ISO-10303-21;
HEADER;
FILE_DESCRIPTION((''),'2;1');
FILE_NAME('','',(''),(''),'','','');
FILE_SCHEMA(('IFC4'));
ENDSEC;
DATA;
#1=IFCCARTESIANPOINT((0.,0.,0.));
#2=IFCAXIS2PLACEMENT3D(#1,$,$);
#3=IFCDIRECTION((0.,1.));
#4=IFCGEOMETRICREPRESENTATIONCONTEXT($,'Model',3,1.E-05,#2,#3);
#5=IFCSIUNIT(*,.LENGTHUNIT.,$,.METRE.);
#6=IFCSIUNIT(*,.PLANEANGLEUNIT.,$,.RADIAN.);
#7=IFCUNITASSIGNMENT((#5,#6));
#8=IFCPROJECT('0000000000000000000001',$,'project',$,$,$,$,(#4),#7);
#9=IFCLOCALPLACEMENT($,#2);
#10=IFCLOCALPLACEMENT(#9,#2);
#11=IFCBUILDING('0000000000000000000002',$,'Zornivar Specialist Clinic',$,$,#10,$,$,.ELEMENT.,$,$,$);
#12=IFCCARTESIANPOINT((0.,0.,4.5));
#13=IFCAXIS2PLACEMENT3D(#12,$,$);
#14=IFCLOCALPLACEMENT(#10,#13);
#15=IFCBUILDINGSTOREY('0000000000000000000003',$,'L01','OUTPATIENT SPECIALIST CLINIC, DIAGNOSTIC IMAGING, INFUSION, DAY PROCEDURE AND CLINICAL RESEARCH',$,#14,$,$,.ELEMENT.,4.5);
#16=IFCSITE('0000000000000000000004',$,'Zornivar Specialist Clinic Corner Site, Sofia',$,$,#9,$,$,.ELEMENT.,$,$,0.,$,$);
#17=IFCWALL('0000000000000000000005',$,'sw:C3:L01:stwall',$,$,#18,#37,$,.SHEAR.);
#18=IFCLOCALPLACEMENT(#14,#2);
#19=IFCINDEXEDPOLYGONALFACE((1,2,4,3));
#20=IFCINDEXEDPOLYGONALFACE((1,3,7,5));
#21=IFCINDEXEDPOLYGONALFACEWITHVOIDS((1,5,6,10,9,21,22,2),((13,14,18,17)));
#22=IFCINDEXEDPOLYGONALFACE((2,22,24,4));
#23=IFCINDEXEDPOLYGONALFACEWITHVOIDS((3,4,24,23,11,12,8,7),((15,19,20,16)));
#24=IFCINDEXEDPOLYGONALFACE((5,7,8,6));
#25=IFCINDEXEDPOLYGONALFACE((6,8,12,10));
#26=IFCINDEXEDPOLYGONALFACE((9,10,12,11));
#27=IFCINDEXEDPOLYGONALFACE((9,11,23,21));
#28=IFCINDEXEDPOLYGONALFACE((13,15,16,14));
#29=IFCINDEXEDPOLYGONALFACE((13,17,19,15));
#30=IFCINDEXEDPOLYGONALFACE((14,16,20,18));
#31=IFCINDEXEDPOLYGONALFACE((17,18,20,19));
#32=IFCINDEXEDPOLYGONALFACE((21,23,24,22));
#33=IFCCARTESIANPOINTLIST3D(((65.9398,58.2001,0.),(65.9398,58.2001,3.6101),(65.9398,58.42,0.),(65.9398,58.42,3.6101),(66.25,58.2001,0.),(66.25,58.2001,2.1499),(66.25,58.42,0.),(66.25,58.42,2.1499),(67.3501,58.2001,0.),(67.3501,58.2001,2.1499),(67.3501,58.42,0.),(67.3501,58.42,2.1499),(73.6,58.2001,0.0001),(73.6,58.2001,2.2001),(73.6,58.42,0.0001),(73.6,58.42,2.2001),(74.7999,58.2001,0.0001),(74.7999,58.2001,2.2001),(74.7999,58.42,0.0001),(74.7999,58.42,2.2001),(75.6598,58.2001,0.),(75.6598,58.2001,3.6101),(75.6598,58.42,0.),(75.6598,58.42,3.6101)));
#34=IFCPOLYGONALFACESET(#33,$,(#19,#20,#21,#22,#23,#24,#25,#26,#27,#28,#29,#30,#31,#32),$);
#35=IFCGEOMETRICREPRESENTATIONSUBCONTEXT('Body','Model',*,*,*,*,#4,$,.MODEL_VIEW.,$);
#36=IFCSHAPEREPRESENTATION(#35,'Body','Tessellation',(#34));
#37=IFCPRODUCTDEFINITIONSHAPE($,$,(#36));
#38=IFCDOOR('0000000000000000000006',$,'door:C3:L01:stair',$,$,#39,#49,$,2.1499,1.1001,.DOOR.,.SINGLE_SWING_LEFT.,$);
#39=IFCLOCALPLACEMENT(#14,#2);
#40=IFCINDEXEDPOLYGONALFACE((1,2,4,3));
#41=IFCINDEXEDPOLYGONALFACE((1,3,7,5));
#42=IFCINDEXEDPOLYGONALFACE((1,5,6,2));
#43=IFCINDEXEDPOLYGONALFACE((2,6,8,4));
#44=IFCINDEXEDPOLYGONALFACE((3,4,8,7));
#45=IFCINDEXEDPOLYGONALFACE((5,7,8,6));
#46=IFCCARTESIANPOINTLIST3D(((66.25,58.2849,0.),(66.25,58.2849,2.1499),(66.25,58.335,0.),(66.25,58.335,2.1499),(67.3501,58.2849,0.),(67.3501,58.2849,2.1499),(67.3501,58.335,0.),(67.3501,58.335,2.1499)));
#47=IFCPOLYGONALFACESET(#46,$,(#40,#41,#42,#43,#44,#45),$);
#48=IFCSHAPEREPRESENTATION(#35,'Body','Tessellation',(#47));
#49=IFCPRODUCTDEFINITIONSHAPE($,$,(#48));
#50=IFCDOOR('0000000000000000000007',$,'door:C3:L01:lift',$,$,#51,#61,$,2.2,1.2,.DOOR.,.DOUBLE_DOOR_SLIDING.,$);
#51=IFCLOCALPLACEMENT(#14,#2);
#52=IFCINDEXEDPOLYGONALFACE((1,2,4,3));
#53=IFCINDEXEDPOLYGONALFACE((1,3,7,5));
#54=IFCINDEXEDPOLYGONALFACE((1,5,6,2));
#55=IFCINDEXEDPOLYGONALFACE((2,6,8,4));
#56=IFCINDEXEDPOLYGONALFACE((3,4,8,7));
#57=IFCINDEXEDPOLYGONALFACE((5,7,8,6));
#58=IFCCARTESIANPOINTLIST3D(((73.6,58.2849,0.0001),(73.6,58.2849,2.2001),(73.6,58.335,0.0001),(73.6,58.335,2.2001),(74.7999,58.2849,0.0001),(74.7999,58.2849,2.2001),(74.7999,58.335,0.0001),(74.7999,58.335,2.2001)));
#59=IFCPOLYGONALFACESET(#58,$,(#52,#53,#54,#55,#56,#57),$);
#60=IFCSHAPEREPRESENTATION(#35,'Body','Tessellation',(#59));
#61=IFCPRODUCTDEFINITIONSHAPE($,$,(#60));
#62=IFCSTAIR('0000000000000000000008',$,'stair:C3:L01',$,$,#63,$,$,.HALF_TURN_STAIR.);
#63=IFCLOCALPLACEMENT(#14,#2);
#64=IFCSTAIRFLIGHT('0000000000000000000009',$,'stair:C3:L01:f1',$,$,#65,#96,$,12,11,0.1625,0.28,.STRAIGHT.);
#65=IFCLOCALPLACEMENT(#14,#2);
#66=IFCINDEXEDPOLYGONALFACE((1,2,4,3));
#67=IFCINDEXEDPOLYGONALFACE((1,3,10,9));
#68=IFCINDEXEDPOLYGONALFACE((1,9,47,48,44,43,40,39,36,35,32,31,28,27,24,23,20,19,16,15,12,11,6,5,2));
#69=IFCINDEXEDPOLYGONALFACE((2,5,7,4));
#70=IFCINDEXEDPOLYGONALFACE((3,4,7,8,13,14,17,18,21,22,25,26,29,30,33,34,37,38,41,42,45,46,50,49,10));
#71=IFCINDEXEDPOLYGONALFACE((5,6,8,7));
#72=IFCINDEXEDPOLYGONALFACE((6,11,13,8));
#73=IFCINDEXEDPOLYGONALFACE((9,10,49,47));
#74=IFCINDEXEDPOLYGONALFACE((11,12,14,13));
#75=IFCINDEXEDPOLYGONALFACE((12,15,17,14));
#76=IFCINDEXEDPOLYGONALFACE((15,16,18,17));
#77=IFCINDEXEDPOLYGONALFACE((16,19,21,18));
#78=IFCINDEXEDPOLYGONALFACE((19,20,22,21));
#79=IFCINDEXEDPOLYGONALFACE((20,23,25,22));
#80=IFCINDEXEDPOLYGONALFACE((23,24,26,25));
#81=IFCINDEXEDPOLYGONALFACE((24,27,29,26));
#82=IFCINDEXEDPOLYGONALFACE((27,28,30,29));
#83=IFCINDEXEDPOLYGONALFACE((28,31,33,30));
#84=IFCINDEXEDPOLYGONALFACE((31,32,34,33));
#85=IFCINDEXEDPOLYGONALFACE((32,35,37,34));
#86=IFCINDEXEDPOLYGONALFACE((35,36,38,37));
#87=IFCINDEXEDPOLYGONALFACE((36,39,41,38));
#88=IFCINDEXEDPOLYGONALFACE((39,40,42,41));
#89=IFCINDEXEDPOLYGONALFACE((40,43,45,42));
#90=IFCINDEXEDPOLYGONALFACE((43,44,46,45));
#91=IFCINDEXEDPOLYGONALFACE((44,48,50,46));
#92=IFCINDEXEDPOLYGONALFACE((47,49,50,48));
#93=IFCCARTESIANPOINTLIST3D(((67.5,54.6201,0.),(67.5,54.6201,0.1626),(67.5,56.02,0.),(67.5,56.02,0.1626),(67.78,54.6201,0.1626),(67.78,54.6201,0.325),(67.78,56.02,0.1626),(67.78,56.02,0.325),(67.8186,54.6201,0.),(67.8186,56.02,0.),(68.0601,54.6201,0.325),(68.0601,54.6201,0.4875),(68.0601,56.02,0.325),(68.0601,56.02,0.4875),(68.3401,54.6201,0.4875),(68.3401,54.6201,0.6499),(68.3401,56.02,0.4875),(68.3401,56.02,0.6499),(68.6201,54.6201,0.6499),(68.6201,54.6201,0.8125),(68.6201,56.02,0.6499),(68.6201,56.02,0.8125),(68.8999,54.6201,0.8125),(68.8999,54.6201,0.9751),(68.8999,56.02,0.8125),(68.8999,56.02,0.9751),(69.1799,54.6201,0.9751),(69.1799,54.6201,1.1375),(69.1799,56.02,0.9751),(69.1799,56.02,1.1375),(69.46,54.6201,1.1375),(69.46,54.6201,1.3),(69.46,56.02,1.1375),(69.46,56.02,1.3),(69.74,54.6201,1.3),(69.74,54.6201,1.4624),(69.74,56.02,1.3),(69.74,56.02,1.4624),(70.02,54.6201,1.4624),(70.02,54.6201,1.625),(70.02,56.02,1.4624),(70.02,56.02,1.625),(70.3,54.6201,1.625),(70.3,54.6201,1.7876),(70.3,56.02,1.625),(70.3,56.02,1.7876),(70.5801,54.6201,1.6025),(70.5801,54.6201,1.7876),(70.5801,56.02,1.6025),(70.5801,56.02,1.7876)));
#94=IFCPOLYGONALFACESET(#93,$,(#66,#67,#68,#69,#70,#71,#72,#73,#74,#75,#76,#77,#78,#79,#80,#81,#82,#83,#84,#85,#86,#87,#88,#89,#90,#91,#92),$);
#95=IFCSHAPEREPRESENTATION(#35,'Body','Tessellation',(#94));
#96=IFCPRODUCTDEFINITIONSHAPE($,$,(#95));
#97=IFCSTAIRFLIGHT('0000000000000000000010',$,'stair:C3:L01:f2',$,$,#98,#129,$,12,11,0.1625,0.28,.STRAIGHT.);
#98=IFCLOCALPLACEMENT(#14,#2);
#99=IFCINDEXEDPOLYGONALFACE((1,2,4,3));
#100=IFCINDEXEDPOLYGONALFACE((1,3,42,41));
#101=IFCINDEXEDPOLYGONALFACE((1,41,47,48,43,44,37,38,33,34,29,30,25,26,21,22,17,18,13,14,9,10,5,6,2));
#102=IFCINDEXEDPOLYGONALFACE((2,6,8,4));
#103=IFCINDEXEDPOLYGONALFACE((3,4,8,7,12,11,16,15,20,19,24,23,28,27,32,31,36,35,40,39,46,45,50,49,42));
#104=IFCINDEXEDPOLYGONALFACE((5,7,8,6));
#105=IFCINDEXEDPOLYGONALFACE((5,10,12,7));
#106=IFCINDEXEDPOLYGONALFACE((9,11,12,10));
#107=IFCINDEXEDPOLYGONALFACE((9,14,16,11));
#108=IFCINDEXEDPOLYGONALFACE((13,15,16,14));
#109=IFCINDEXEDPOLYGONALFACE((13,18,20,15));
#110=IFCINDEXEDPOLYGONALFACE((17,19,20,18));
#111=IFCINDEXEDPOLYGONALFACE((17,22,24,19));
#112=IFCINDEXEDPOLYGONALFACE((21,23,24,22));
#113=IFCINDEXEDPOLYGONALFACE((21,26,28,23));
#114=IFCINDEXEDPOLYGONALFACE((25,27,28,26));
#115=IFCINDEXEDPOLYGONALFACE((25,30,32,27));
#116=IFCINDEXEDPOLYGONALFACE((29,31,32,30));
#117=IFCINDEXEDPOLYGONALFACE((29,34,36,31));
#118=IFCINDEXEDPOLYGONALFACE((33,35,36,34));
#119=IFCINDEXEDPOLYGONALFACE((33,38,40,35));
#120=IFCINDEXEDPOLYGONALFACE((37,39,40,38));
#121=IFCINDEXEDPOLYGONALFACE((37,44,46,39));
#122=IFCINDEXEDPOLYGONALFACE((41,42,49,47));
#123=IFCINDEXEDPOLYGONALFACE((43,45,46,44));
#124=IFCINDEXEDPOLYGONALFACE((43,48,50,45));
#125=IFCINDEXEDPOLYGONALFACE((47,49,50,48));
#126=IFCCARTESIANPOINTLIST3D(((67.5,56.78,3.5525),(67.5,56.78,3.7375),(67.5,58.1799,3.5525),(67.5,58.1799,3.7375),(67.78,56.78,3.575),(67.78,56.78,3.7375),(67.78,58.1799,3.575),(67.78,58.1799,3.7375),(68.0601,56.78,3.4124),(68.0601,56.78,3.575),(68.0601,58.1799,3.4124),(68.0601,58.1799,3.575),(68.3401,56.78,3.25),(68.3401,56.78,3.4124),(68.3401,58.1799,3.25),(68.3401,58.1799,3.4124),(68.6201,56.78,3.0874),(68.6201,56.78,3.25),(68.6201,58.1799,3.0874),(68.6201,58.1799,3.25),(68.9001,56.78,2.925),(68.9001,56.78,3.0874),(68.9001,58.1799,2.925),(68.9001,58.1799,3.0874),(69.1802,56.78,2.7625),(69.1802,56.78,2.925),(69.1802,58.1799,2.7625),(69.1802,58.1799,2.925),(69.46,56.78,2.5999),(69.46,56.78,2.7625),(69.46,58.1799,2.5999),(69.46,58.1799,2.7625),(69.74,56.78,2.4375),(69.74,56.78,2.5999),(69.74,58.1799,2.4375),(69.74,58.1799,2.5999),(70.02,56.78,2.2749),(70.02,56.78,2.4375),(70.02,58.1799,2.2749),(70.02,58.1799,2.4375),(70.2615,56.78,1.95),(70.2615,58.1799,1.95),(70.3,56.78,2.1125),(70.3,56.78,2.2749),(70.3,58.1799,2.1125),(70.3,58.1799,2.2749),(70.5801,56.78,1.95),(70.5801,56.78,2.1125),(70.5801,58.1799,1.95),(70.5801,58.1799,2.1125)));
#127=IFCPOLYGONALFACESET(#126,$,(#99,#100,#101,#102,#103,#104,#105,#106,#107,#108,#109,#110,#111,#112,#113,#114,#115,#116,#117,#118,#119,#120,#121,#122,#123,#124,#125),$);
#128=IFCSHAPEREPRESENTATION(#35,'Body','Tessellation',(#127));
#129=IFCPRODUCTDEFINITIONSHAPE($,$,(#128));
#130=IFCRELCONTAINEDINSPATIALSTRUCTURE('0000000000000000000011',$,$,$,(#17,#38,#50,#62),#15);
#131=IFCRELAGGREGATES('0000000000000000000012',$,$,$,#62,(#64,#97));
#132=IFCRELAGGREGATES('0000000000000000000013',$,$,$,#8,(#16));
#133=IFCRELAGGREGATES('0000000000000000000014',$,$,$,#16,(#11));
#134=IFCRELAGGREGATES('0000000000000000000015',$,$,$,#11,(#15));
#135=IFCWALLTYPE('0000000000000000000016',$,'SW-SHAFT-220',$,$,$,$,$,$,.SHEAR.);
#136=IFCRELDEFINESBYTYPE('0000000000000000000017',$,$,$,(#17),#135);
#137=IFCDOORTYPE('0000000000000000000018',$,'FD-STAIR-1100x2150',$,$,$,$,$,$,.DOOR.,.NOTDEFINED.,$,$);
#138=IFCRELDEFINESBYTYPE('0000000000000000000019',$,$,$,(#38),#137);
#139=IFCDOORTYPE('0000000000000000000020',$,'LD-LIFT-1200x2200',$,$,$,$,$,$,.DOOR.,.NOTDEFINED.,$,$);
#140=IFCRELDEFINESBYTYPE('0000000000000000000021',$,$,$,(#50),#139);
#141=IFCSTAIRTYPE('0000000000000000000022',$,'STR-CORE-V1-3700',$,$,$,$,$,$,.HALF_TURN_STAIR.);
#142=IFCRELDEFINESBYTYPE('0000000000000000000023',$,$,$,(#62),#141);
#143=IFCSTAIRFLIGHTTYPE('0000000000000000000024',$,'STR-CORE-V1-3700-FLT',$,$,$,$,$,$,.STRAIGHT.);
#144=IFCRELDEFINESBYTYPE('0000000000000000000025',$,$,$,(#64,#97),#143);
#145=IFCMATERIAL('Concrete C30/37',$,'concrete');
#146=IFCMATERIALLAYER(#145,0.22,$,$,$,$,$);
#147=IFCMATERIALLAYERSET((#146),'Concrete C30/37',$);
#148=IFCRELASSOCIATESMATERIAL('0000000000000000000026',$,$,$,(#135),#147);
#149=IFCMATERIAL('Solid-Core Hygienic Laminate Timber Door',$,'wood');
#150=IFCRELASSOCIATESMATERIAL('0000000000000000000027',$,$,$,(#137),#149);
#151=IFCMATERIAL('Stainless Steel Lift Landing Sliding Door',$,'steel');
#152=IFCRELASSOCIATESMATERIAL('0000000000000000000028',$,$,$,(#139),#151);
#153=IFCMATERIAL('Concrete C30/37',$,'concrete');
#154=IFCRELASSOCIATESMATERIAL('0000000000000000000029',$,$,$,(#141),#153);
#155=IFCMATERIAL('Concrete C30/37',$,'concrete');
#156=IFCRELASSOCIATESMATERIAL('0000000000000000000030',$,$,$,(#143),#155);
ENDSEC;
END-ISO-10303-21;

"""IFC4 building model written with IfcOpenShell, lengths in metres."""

from ifc_helpers import new_model, si_unit, direction, frame, frame_2d, origin, place, context, subcontext, project, spatial, polyline, rectangle, outline, extrude, material, layer, layer_set, type_object, element, fill, aggregate, save


model = new_model("IFC4")

# Units and contexts
model_context = context("Model", 3, precision=1e-05, world=origin(), true_north=direction((0.0, 1.0)))
body_context = subcontext(model_context, "Body", "Model", "MODEL_VIEW")
ifc_project = project(units=[si_unit("LENGTHUNIT", "METRE"), si_unit("PLANEANGLEUNIT", "RADIAN")], contexts=[model_context])

# Site, building, storey
site_placement = place(None, origin())
site = spatial("IfcSite", under=ifc_project, at=site_placement, Name="Zornivar Specialist Clinic Corner Site, Sofia", CompositionType="ELEMENT", RefElevation=0.0)
building_placement = place(site_placement, origin())
building = spatial("IfcBuilding", under=site, at=building_placement, Name="Zornivar Specialist Clinic", CompositionType="ELEMENT")
storey_placement = place(building_placement, frame((0.0, 0.0, 4.5)))
storey = spatial("IfcBuildingStorey", under=building, at=storey_placement, Name="L01", Description="OUTPATIENT SPECIALIST CLINIC, DIAGNOSTIC IMAGING, INFUSION, DAY PROCEDURE AND CLINICAL RESEARCH", CompositionType="ELEMENT", Elevation=4.5)

# Wall, openings, doors
ifc_material_1 = material(Name="Concrete C30/37", Category="concrete")
ifc_layer_1 = layer(ifc_material_1, 0.22)
ifc_layer_set_1 = layer_set([ifc_layer_1], Name="Concrete C30/37")
wall_type_1 = type_object("IfcWallType", Name="SW-SHAFT-220", PredefinedType="SHEAR", material=ifc_layer_set_1)
wall_1_placement = place(storey_placement, frame((65.9399, 58.3101, 0.0), z_axis=(0.0, 0.0, 1.0), x_axis=(1.0, 0.0, 0.0)))
wall_1 = element("IfcWall", 1, at=wall_1_placement, inside=storey, type_object=wall_type_1, Name="sw:C3:L01:stwall", PredefinedType="SHEAR", context=body_context, shape_type="SweptSolid", body=[
    extrude(rectangle(XDim=9.72, YDim=0.22, at=frame_2d((4.8599, 0.0))), origin(), (0.0, 0.0, 1.0), 3.6101),
])
opening_1_placement = place(wall_1_placement, frame((0.3101, 0.0, 0.0)))
opening_1 = element("IfcOpeningElement", 2, at=opening_1_placement, cuts=wall_1, PredefinedType="OPENING", context=body_context, shape_type="SweptSolid", body=[
    extrude(rectangle(XDim=1.1001, YDim=2.1499, at=frame_2d((0.55, 1.075))), frame((0.0, 0.1199, 0.0), z_axis=(0.0, -1.0, 0.0), x_axis=(1.0, 0.0, 0.0)), (0.0, 0.0, 1.0), 0.24),
])
opening_2_placement = place(wall_1_placement, frame((7.6599, 0.0, 0.0)))
opening_2 = element("IfcOpeningElement", 3, at=opening_2_placement, cuts=wall_1, PredefinedType="OPENING", context=body_context, shape_type="SweptSolid", body=[
    extrude(rectangle(XDim=1.2, YDim=2.2, at=frame_2d((0.6001, 1.1001))), frame((0.0, 0.1199, 0.0), z_axis=(0.0, -1.0, 0.0), x_axis=(1.0, 0.0, 0.0)), (0.0, 0.0, 1.0), 0.24),
])
ifc_material_2 = material(Name="Solid-Core Hygienic Laminate Timber Door", Category="wood")
door_type_1 = type_object("IfcDoorType", Name="FD-STAIR-1100x2150", OperationType="NOTDEFINED", PredefinedType="DOOR", material=ifc_material_2)
door_1_placement = place(opening_1_placement, origin())
door_1 = element("IfcDoor", 4, at=door_1_placement, inside=storey, type_object=door_type_1, Name="door:C3:L01:stair", OperationType="SINGLE_SWING_LEFT", OverallHeight=2.1499, OverallWidth=1.1001, PredefinedType="DOOR", context=body_context, shape_type="SweptSolid", body=[
    extrude(rectangle(XDim=1.1001, YDim=2.1499, at=frame_2d((0.55, 1.075))), frame((0.0, 0.0249, 0.0), z_axis=(0.0, -1.0, 0.0), x_axis=(1.0, 0.0, 0.0)), (0.0, 0.0, 1.0), 0.05),
])
fill(opening_1, door_1)
ifc_material_3 = material(Name="Stainless Steel Lift Landing Sliding Door", Category="steel")
door_type_2 = type_object("IfcDoorType", Name="LD-LIFT-1200x2200", OperationType="NOTDEFINED", PredefinedType="DOOR", material=ifc_material_3)
door_2_placement = place(opening_2_placement, origin())
door_2 = element("IfcDoor", 5, at=door_2_placement, inside=storey, type_object=door_type_2, Name="door:C3:L01:lift", OperationType="DOUBLE_DOOR_SLIDING", OverallHeight=2.2, OverallWidth=1.2, PredefinedType="DOOR", context=body_context, shape_type="SweptSolid", body=[
    extrude(rectangle(XDim=1.2, YDim=2.2, at=frame_2d((0.6001, 1.1001))), frame((0.0, 0.0249, 0.0), z_axis=(0.0, -1.0, 0.0), x_axis=(1.0, 0.0, 0.0)), (0.0, 0.0, 1.0), 0.05),
])
fill(opening_2, door_2)

# Stair, stair flights
ifc_material_4 = material(Name="Concrete C30/37", Category="concrete")
stair_type = type_object("IfcStairType", Name="STR-CORE-V1-3700", PredefinedType="HALF_TURN_STAIR", material=ifc_material_4)
stair_placement = place(storey_placement, origin())
stair = element("IfcStair", 6, at=stair_placement, inside=storey, type_object=stair_type, Name="stair:C3:L01", PredefinedType="HALF_TURN_STAIR")
ifc_material_5 = material(Name="Concrete C30/37", Category="concrete")
stair_flight_type = type_object("IfcStairFlightType", Name="STR-CORE-V1-3700-FLT", PredefinedType="STRAIGHT", material=ifc_material_5)
stair_flight_1_placement = place(storey_placement, frame((67.5, 55.3201, 0.0), z_axis=(0.0, 0.0, 1.0), x_axis=(1.0, 0.0, 0.0)))
stair_flight_1 = element("IfcStairFlight", 7, at=stair_flight_1_placement, type_object=stair_flight_type, Name="stair:C3:L01:f1", NumberOfRisers=12, NumberOfTreads=11, PredefinedType="STRAIGHT", RiserHeight=0.1625, TreadLength=0.28, context=body_context, shape_type="SweptSolid", body=[
    extrude(outline(polyline([(0.0, 0.0), (0.0, 0.1626), (0.28, 0.1626), (0.28, 0.325), (0.5601, 0.325), (0.5601, 0.4875), (0.8401, 0.4875), (0.8401, 0.6499), (1.1201, 0.6499), (1.1201, 0.8125), (1.3999, 0.8125), (1.3999, 0.9751), (1.6799, 0.9751), (1.6799, 1.1375), (1.96, 1.1375), (1.96, 1.3), (2.24, 1.3), (2.24, 1.4624), (2.52, 1.4624), (2.52, 1.625), (2.8, 1.625), (2.8, 1.7876), (3.0801, 1.7876), (3.0801, 1.95), (3.0801, 1.6025), (0.3186, 0.0), (0.0, 0.0)])), frame((0.0, 0.7, 0.0), z_axis=(0.0, -1.0, 0.0), x_axis=(1.0, 0.0, 0.0)), (0.0, 0.0, 1.0), 1.3999),
])
stair_flight_2_placement = place(storey_placement, frame((70.5801, 57.48, 1.95), z_axis=(0.0, 0.0, 1.0), x_axis=(-1.0, 0.0, 0.0)))
stair_flight_2 = element("IfcStairFlight", 8, at=stair_flight_2_placement, type_object=stair_flight_type, Name="stair:C3:L01:f2", NumberOfRisers=12, NumberOfTreads=11, PredefinedType="STRAIGHT", RiserHeight=0.1625, TreadLength=0.28, context=body_context, shape_type="SweptSolid", body=[
    extrude(outline(polyline([(0.0, 0.0), (0.0, 0.1626), (0.28, 0.1626), (0.28, 0.325), (0.5601, 0.325), (0.5601, 0.4875), (0.8401, 0.4875), (0.8401, 0.6499), (1.1201, 0.6499), (1.1201, 0.8125), (1.3999, 0.8125), (1.3999, 0.9751), (1.6799, 0.9751), (1.6799, 1.1375), (1.96, 1.1375), (1.96, 1.3), (2.24, 1.3), (2.24, 1.4624), (2.52, 1.4624), (2.52, 1.625), (2.8, 1.625), (2.8, 1.7876), (3.0801, 1.7876), (3.0801, 1.95), (3.0801, 1.6025), (0.3186, 0.0), (0.0, 0.0)])), frame((0.0, 0.7, 0.0), z_axis=(0.0, -1.0, 0.0), x_axis=(1.0, 0.0, 0.0)), (0.0, 0.0, 1.0), 1.3999),
])
aggregate(stair, [stair_flight_1, stair_flight_2])

save(model, "model.ifc")
